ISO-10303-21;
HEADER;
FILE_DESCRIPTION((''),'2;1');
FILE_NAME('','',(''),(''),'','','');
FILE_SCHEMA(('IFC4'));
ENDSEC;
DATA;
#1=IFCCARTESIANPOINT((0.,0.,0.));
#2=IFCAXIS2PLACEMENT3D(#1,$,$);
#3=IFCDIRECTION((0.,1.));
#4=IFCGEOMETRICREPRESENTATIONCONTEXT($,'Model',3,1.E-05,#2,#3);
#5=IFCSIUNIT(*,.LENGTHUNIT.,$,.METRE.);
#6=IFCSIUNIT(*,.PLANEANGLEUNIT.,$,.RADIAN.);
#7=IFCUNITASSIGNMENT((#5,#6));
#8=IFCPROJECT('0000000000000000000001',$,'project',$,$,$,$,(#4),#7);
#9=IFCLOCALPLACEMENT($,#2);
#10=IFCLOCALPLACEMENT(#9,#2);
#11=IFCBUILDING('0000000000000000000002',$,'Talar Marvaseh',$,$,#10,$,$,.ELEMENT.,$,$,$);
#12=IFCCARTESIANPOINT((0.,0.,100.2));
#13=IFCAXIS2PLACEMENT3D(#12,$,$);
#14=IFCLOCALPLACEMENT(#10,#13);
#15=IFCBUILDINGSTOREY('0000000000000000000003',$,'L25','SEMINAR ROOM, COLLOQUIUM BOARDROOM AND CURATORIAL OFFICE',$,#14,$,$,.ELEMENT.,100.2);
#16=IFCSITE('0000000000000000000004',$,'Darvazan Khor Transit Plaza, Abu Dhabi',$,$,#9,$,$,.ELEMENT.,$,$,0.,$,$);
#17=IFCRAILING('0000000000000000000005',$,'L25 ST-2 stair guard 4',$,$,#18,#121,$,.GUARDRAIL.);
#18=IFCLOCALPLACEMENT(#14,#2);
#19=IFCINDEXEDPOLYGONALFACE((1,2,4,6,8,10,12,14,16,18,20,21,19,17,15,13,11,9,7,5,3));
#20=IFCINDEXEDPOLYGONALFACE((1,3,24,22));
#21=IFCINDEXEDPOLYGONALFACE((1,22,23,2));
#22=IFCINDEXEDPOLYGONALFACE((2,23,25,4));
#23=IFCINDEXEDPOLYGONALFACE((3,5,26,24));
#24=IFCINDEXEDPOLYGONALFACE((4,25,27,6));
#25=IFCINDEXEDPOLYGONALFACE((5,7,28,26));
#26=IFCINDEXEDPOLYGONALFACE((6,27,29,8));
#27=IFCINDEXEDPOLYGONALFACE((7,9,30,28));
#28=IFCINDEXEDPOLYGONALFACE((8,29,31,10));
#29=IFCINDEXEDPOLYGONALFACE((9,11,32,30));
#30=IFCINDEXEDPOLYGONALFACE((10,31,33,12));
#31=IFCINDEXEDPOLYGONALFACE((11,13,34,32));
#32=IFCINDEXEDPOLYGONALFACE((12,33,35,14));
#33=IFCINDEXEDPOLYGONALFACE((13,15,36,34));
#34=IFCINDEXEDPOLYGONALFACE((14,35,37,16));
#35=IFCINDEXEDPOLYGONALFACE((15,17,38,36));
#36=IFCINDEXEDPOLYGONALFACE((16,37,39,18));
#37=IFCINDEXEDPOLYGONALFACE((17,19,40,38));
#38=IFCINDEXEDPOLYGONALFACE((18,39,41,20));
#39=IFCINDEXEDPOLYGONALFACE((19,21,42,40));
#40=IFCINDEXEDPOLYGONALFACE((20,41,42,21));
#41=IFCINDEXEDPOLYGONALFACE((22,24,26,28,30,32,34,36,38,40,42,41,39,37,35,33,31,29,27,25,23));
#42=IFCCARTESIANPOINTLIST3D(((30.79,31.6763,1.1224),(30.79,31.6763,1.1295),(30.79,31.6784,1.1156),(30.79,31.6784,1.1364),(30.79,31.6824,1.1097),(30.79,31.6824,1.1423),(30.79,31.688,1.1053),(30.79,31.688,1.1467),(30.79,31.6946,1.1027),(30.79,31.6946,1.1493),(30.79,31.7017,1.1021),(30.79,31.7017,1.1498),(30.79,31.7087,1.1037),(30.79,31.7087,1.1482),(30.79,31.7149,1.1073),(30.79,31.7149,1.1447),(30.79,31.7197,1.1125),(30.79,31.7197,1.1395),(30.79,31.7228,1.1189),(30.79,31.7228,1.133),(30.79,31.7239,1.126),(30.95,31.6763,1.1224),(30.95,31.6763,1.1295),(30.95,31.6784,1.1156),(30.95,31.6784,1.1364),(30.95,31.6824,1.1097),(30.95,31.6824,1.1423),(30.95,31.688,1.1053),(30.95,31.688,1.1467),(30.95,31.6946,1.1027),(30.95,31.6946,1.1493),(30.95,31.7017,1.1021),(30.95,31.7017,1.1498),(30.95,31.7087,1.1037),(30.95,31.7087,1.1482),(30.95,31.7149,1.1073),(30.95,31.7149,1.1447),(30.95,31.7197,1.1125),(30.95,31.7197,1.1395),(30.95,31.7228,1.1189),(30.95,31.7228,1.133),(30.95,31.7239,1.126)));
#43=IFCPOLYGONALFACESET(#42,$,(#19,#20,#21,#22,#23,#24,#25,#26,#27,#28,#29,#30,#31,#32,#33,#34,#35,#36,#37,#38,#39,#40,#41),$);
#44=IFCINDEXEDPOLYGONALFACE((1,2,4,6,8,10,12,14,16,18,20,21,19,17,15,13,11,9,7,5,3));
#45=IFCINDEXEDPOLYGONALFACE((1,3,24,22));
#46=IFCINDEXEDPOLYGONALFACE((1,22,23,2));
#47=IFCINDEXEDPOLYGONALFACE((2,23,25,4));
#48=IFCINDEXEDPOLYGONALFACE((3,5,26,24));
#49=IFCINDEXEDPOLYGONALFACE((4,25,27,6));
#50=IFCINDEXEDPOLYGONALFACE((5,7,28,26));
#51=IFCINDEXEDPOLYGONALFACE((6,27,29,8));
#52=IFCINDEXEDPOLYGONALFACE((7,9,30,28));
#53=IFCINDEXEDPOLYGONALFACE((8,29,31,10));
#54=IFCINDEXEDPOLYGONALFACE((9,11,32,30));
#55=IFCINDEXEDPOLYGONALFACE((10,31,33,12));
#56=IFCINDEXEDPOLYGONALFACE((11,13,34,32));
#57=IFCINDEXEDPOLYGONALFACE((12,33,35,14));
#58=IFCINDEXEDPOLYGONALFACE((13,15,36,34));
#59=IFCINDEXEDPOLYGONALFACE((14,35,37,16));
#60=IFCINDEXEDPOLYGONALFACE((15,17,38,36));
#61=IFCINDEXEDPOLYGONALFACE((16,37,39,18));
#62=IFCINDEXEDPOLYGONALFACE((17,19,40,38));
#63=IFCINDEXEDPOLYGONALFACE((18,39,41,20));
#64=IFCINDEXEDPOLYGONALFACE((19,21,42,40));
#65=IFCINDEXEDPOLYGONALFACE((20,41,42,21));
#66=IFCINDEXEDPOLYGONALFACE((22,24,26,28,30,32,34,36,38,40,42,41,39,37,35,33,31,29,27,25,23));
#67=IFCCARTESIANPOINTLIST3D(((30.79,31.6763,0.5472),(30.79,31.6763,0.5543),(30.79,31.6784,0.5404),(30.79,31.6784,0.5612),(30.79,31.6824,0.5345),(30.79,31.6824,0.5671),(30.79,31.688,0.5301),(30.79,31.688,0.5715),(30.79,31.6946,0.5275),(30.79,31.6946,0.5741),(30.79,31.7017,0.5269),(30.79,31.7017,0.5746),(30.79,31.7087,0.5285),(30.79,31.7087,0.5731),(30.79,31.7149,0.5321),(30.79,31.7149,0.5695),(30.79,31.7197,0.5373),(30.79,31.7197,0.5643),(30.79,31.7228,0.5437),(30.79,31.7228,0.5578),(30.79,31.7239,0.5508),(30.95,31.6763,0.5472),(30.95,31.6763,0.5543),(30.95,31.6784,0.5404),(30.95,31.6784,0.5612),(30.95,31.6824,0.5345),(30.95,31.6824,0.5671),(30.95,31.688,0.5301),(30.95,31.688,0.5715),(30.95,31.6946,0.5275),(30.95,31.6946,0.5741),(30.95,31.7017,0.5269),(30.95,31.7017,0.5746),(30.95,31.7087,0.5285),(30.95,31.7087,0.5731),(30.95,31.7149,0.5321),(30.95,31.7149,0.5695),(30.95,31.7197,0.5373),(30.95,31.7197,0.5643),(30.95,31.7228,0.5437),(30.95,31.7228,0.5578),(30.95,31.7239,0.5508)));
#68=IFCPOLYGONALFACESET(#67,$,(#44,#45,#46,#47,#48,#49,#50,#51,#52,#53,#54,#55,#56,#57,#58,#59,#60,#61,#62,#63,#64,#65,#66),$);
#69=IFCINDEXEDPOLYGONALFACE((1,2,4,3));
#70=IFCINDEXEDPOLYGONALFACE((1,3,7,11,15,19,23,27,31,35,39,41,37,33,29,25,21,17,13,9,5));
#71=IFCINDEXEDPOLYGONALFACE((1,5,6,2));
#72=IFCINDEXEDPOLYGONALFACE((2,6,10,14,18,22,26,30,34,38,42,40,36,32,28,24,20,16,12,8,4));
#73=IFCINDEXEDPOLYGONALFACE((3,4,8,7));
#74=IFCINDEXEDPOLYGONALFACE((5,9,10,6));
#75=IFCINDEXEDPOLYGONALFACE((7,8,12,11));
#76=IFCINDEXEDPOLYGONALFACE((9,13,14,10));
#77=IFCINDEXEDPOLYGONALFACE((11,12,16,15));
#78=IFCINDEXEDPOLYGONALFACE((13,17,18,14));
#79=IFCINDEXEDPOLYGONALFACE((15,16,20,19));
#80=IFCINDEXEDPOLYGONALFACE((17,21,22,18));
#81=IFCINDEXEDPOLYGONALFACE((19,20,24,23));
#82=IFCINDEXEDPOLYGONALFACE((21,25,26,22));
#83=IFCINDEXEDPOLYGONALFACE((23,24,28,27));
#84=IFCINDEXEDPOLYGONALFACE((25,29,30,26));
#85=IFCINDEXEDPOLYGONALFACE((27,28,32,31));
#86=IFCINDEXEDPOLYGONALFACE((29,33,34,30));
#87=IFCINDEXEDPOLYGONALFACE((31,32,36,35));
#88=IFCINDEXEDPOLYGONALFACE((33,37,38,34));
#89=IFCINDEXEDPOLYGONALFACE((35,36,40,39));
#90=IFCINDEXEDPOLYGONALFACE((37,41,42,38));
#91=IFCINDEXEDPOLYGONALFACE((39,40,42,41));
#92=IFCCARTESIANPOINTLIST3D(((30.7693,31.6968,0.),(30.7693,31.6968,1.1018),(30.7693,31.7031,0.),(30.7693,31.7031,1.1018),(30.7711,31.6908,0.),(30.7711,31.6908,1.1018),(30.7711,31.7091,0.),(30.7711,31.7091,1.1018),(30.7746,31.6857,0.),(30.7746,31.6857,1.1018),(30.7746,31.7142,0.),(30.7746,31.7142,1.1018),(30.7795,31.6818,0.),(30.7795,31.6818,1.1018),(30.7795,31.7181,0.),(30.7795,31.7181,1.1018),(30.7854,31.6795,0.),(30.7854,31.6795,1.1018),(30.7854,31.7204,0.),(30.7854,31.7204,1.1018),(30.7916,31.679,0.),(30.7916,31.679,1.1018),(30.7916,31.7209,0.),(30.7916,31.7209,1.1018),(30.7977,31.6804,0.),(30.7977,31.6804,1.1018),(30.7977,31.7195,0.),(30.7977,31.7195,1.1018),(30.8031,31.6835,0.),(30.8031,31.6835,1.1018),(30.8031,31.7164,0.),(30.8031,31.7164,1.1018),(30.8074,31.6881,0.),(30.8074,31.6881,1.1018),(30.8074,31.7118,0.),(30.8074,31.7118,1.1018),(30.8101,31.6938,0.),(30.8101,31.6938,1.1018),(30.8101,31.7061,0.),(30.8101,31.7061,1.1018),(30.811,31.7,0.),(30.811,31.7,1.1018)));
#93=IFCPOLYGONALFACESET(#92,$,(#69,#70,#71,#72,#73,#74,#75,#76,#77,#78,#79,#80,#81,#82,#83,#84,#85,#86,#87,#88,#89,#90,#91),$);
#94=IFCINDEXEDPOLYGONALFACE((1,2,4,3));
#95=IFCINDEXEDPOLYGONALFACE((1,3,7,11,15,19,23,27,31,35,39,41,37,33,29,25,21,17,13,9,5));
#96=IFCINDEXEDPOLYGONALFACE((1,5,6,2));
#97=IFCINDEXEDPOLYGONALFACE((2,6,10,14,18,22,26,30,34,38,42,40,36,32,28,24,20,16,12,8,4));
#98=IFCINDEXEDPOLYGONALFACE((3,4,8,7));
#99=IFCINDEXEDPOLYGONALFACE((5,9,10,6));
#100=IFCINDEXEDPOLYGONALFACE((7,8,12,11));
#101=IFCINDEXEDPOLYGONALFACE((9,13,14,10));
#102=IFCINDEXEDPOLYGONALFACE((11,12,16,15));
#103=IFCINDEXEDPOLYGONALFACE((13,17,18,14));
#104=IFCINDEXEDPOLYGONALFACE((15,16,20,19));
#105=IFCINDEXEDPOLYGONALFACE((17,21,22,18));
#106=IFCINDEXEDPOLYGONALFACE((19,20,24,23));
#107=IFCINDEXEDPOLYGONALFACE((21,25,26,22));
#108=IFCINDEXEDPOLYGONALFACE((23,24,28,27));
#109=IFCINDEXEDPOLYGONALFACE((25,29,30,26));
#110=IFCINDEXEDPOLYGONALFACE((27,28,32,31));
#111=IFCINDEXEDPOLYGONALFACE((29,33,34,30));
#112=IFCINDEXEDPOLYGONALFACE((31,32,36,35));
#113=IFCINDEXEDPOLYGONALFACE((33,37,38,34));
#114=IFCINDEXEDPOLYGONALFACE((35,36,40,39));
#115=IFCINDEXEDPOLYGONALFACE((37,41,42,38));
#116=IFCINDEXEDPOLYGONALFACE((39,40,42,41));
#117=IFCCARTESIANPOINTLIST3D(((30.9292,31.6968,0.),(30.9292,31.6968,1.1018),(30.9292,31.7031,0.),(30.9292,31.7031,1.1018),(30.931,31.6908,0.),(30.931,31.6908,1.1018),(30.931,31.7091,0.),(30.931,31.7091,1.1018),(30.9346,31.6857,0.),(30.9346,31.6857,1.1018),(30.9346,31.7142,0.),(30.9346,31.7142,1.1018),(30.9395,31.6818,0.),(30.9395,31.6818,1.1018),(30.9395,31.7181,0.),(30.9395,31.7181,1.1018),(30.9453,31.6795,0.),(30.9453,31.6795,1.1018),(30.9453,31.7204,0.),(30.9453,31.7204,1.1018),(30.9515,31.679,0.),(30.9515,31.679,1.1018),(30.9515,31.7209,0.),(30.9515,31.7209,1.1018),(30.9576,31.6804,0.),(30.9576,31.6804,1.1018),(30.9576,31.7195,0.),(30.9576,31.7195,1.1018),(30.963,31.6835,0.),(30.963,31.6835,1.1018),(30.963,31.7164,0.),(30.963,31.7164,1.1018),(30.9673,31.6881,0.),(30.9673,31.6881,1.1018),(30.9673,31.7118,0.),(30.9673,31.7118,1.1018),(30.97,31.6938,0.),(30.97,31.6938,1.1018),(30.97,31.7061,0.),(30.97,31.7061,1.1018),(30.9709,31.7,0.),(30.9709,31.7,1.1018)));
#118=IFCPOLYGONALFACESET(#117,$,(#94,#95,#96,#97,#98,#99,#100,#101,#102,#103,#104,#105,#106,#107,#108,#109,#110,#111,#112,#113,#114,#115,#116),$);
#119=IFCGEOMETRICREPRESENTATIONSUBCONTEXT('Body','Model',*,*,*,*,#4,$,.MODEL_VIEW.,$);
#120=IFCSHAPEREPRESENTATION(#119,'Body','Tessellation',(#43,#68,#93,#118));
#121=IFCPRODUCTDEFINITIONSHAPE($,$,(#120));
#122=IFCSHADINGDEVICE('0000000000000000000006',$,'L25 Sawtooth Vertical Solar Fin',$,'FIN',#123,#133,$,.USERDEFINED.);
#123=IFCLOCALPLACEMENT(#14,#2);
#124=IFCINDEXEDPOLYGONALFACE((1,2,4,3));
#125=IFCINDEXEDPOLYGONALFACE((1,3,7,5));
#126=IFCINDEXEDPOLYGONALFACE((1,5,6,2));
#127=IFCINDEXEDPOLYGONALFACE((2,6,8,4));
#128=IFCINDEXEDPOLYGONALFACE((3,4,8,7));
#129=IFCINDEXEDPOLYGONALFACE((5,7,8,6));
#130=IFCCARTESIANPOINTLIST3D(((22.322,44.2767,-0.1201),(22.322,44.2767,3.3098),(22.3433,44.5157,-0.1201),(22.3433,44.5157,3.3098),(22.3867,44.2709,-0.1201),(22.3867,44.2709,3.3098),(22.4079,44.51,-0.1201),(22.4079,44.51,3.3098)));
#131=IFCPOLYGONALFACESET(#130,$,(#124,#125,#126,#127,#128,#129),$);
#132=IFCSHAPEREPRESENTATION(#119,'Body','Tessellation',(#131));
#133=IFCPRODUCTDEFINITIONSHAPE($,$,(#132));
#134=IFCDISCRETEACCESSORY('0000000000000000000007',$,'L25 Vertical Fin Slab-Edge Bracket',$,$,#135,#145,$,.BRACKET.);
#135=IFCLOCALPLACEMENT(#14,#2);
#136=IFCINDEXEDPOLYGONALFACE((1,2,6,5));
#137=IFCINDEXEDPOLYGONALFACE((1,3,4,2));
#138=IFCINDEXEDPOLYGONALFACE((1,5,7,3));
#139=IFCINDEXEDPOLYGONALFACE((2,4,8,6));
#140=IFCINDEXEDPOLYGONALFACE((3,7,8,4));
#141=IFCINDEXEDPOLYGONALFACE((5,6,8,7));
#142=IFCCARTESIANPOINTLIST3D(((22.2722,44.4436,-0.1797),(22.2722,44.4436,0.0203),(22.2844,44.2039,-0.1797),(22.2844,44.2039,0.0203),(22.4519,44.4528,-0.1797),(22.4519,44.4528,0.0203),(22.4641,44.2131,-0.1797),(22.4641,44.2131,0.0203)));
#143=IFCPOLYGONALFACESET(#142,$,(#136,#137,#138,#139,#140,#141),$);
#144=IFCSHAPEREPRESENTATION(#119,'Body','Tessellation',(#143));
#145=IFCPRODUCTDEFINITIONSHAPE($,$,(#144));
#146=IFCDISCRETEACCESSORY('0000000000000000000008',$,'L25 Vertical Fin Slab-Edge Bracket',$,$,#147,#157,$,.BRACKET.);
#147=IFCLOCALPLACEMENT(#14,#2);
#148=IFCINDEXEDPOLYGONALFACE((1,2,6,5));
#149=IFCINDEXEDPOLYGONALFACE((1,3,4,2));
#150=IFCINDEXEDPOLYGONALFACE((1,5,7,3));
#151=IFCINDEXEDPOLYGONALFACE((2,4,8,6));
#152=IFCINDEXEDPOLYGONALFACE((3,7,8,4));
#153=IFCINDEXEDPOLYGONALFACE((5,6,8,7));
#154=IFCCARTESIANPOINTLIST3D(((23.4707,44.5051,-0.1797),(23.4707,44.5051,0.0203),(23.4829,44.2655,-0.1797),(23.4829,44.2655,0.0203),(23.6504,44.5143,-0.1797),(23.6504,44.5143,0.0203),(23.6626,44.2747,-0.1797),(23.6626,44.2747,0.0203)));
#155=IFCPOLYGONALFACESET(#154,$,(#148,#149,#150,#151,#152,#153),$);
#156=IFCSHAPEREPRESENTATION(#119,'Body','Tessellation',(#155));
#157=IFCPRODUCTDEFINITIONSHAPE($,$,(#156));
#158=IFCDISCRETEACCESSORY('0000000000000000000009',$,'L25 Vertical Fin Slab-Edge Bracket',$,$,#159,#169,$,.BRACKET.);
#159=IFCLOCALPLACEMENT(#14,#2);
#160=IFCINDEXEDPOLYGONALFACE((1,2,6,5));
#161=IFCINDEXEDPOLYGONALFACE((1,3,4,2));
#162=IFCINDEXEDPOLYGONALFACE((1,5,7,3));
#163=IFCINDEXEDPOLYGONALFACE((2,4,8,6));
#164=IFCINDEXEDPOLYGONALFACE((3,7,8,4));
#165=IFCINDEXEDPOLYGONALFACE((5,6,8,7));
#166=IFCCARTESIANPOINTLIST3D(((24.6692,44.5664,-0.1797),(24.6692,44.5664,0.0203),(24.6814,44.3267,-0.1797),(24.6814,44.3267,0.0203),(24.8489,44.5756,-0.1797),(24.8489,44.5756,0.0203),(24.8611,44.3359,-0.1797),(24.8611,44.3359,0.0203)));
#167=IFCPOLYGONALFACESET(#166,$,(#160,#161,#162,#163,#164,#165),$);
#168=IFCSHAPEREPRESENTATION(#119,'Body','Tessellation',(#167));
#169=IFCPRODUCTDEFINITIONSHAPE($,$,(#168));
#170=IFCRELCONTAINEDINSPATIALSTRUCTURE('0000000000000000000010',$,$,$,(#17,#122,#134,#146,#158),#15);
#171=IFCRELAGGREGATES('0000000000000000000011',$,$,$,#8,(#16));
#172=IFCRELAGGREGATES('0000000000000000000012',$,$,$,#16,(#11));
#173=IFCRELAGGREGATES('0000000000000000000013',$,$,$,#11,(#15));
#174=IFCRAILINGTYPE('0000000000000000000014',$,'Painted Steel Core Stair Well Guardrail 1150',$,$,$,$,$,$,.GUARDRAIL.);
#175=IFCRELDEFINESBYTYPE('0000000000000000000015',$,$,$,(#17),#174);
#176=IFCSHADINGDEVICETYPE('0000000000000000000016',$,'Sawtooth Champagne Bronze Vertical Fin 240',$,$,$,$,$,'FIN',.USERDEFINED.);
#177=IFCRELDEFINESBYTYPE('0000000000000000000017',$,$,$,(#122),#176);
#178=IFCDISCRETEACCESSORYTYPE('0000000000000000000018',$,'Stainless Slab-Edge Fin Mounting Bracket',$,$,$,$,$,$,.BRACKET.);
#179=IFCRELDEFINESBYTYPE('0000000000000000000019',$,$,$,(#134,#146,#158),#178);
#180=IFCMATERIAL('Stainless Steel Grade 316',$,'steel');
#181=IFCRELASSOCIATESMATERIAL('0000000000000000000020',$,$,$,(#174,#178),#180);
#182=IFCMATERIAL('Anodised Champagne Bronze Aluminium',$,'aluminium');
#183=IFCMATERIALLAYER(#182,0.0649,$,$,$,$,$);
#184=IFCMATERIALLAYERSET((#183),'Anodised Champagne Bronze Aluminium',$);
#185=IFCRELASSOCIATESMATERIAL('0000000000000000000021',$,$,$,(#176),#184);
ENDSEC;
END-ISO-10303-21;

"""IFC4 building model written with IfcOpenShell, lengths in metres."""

from ifc_helpers import new_model, si_unit, direction, frame, origin, origin_2d, place, context, subcontext, project, spatial, rectangle, circle, extrude, source, transform, mapped, material, layer, layer_set, type_object, type_shapes, element, save


model = new_model("IFC4")

# Units and contexts
model_context = context("Model", 3, precision=1e-05, world=origin(), true_north=direction((0.0, 1.0)))
body_context = subcontext(model_context, "Body", "Model", "MODEL_VIEW")
ifc_project = project(units=[si_unit("LENGTHUNIT", "METRE"), si_unit("PLANEANGLEUNIT", "RADIAN")], contexts=[model_context])

# Site, building, storey
site_placement = place(None, origin())
site = spatial("IfcSite", under=ifc_project, at=site_placement, Name="Darvazan Khor Transit Plaza, Abu Dhabi", CompositionType="ELEMENT", RefElevation=0.0)
building_placement = place(site_placement, origin())
building = spatial("IfcBuilding", under=site, at=building_placement, Name="Talar Marvaseh", CompositionType="ELEMENT")
storey_placement = place(building_placement, frame((0.0, 0.0, 100.2)))
storey = spatial("IfcBuildingStorey", under=building, at=storey_placement, Name="L25", Description="SEMINAR ROOM, COLLOQUIUM BOARDROOM AND CURATORIAL OFFICE", CompositionType="ELEMENT", Elevation=100.2)

# Shared definitions
ifc_material_1 = material(Name="Stainless Steel Grade 316", Category="steel")

# Railing
railing_type_1 = type_object("IfcRailingType", Name="Painted Steel Core Stair Well Guardrail 1150", PredefinedType="GUARDRAIL", material=ifc_material_1)
railing_1_placement = place(storey_placement, frame((30.79, 31.7, 0.0)))
element("IfcRailing", 1, at=railing_1_placement, inside=storey, type_object=railing_type_1, Name="L25 ST-2 stair guard 4", PredefinedType="GUARDRAIL", context=body_context, shape_type="SweptSolid", body=[
    extrude(circle(Radius=0.0239, at=origin_2d()), frame((0.0, 0.0, 1.126), z_axis=(1.0, 0.0, 0.0), x_axis=(0.0, 1.0, 0.0)), (0.0, 0.0, 1.0), 0.1599),
    extrude(circle(Radius=0.0239, at=origin_2d()), frame((0.0, 0.0, 0.5508), z_axis=(1.0, 0.0, 0.0), x_axis=(0.0, 1.0, 0.0)), (0.0, 0.0, 1.0), 0.1599),
    extrude(circle(Radius=0.021, at=origin_2d()), origin(), (0.0, 0.0, 1.0), 1.1018),
    extrude(circle(Radius=0.021, at=origin_2d()), frame((0.1599, 0.0, 0.0)), (0.0, 0.0, 1.0), 1.1018),
])

# Shading device
ifc_material_2 = material(Name="Anodised Champagne Bronze Aluminium", Category="aluminium")
ifc_layer_1 = layer(ifc_material_2, 0.0649)
ifc_layer_set_1 = layer_set([ifc_layer_1], Name="Anodised Champagne Bronze Aluminium")
shading_device_type = type_object("IfcShadingDeviceType", Name="Sawtooth Champagne Bronze Vertical Fin 240", ElementType="FIN", PredefinedType="USERDEFINED", material=ifc_layer_set_1)
shared_shape_1 = source(origin(), body_context, "Body", "SweptSolid", [
    extrude(rectangle(XDim=0.24, YDim=0.0649, at=origin_2d()), origin(), (0.0, 0.0, 1.0), 3.4299),
])
type_shapes(shading_device_type, [shared_shape_1])
shading_device_placement = place(storey_placement, frame((22.365, 44.3933, -0.1201), z_axis=(0.0, 0.0, 1.0), x_axis=(0.088373, 0.996087, 0.0)))
element("IfcShadingDevice", 2, at=shading_device_placement, inside=storey, type_object=shading_device_type, Name="L25 Sawtooth Vertical Solar Fin", ObjectType="FIN", PredefinedType="USERDEFINED", context=body_context, shape_type="MappedRepresentation", body=[
    mapped(shared_shape_1, transform((0.0, 0.0, 0.0), x_axis=(1.0, 0.0, 0.0), y_axis=(0.0, 1.0, 0.0), z_axis=(0.0, 0.0, 1.0), scale=1.0)),
])

# Discrete accessories
discrete_accessory_type = type_object("IfcDiscreteAccessoryType", Name="Stainless Slab-Edge Fin Mounting Bracket", PredefinedType="BRACKET", material=ifc_material_1)
shared_shape_2 = source(origin(), body_context, "Body", "SweptSolid", [
    extrude(rectangle(XDim=0.24, YDim=0.1799, at=origin_2d()), origin(), (0.0, 0.0, 1.0), 0.2),
])
type_shapes(discrete_accessory_type, [shared_shape_2])
for number, where, z_axis, x_axis, name in (
    (3, (22.3682, 44.3284, -0.1797), (0.0, 0.0, 1.0), (-0.051116, 0.998693, 0.0), "L25 Vertical Fin Slab-Edge Bracket"),
    (4, (23.5667, 44.3899, -0.1797), (0.0, 0.0, 1.0), (-0.051116, 0.998693, 0.0), "L25 Vertical Fin Slab-Edge Bracket"),
    (5, (24.7651, 44.4512, -0.1797), (0.0, 0.0, 1.0), (-0.051116, 0.998693, 0.0), "L25 Vertical Fin Slab-Edge Bracket"),
):
    element("IfcDiscreteAccessory", number, at=place(storey_placement, frame(where, z_axis=z_axis, x_axis=x_axis)), inside=storey, type_object=discrete_accessory_type, Name=name, PredefinedType="BRACKET", context=body_context, shape_type="MappedRepresentation", body=[
        mapped(shared_shape_2, transform((0.0, 0.0, 0.0), x_axis=(1.0, 0.0, 0.0), y_axis=(0.0, 1.0, 0.0), z_axis=(0.0, 0.0, 1.0), scale=1.0)),
    ])

save(model, "model.ifc")
